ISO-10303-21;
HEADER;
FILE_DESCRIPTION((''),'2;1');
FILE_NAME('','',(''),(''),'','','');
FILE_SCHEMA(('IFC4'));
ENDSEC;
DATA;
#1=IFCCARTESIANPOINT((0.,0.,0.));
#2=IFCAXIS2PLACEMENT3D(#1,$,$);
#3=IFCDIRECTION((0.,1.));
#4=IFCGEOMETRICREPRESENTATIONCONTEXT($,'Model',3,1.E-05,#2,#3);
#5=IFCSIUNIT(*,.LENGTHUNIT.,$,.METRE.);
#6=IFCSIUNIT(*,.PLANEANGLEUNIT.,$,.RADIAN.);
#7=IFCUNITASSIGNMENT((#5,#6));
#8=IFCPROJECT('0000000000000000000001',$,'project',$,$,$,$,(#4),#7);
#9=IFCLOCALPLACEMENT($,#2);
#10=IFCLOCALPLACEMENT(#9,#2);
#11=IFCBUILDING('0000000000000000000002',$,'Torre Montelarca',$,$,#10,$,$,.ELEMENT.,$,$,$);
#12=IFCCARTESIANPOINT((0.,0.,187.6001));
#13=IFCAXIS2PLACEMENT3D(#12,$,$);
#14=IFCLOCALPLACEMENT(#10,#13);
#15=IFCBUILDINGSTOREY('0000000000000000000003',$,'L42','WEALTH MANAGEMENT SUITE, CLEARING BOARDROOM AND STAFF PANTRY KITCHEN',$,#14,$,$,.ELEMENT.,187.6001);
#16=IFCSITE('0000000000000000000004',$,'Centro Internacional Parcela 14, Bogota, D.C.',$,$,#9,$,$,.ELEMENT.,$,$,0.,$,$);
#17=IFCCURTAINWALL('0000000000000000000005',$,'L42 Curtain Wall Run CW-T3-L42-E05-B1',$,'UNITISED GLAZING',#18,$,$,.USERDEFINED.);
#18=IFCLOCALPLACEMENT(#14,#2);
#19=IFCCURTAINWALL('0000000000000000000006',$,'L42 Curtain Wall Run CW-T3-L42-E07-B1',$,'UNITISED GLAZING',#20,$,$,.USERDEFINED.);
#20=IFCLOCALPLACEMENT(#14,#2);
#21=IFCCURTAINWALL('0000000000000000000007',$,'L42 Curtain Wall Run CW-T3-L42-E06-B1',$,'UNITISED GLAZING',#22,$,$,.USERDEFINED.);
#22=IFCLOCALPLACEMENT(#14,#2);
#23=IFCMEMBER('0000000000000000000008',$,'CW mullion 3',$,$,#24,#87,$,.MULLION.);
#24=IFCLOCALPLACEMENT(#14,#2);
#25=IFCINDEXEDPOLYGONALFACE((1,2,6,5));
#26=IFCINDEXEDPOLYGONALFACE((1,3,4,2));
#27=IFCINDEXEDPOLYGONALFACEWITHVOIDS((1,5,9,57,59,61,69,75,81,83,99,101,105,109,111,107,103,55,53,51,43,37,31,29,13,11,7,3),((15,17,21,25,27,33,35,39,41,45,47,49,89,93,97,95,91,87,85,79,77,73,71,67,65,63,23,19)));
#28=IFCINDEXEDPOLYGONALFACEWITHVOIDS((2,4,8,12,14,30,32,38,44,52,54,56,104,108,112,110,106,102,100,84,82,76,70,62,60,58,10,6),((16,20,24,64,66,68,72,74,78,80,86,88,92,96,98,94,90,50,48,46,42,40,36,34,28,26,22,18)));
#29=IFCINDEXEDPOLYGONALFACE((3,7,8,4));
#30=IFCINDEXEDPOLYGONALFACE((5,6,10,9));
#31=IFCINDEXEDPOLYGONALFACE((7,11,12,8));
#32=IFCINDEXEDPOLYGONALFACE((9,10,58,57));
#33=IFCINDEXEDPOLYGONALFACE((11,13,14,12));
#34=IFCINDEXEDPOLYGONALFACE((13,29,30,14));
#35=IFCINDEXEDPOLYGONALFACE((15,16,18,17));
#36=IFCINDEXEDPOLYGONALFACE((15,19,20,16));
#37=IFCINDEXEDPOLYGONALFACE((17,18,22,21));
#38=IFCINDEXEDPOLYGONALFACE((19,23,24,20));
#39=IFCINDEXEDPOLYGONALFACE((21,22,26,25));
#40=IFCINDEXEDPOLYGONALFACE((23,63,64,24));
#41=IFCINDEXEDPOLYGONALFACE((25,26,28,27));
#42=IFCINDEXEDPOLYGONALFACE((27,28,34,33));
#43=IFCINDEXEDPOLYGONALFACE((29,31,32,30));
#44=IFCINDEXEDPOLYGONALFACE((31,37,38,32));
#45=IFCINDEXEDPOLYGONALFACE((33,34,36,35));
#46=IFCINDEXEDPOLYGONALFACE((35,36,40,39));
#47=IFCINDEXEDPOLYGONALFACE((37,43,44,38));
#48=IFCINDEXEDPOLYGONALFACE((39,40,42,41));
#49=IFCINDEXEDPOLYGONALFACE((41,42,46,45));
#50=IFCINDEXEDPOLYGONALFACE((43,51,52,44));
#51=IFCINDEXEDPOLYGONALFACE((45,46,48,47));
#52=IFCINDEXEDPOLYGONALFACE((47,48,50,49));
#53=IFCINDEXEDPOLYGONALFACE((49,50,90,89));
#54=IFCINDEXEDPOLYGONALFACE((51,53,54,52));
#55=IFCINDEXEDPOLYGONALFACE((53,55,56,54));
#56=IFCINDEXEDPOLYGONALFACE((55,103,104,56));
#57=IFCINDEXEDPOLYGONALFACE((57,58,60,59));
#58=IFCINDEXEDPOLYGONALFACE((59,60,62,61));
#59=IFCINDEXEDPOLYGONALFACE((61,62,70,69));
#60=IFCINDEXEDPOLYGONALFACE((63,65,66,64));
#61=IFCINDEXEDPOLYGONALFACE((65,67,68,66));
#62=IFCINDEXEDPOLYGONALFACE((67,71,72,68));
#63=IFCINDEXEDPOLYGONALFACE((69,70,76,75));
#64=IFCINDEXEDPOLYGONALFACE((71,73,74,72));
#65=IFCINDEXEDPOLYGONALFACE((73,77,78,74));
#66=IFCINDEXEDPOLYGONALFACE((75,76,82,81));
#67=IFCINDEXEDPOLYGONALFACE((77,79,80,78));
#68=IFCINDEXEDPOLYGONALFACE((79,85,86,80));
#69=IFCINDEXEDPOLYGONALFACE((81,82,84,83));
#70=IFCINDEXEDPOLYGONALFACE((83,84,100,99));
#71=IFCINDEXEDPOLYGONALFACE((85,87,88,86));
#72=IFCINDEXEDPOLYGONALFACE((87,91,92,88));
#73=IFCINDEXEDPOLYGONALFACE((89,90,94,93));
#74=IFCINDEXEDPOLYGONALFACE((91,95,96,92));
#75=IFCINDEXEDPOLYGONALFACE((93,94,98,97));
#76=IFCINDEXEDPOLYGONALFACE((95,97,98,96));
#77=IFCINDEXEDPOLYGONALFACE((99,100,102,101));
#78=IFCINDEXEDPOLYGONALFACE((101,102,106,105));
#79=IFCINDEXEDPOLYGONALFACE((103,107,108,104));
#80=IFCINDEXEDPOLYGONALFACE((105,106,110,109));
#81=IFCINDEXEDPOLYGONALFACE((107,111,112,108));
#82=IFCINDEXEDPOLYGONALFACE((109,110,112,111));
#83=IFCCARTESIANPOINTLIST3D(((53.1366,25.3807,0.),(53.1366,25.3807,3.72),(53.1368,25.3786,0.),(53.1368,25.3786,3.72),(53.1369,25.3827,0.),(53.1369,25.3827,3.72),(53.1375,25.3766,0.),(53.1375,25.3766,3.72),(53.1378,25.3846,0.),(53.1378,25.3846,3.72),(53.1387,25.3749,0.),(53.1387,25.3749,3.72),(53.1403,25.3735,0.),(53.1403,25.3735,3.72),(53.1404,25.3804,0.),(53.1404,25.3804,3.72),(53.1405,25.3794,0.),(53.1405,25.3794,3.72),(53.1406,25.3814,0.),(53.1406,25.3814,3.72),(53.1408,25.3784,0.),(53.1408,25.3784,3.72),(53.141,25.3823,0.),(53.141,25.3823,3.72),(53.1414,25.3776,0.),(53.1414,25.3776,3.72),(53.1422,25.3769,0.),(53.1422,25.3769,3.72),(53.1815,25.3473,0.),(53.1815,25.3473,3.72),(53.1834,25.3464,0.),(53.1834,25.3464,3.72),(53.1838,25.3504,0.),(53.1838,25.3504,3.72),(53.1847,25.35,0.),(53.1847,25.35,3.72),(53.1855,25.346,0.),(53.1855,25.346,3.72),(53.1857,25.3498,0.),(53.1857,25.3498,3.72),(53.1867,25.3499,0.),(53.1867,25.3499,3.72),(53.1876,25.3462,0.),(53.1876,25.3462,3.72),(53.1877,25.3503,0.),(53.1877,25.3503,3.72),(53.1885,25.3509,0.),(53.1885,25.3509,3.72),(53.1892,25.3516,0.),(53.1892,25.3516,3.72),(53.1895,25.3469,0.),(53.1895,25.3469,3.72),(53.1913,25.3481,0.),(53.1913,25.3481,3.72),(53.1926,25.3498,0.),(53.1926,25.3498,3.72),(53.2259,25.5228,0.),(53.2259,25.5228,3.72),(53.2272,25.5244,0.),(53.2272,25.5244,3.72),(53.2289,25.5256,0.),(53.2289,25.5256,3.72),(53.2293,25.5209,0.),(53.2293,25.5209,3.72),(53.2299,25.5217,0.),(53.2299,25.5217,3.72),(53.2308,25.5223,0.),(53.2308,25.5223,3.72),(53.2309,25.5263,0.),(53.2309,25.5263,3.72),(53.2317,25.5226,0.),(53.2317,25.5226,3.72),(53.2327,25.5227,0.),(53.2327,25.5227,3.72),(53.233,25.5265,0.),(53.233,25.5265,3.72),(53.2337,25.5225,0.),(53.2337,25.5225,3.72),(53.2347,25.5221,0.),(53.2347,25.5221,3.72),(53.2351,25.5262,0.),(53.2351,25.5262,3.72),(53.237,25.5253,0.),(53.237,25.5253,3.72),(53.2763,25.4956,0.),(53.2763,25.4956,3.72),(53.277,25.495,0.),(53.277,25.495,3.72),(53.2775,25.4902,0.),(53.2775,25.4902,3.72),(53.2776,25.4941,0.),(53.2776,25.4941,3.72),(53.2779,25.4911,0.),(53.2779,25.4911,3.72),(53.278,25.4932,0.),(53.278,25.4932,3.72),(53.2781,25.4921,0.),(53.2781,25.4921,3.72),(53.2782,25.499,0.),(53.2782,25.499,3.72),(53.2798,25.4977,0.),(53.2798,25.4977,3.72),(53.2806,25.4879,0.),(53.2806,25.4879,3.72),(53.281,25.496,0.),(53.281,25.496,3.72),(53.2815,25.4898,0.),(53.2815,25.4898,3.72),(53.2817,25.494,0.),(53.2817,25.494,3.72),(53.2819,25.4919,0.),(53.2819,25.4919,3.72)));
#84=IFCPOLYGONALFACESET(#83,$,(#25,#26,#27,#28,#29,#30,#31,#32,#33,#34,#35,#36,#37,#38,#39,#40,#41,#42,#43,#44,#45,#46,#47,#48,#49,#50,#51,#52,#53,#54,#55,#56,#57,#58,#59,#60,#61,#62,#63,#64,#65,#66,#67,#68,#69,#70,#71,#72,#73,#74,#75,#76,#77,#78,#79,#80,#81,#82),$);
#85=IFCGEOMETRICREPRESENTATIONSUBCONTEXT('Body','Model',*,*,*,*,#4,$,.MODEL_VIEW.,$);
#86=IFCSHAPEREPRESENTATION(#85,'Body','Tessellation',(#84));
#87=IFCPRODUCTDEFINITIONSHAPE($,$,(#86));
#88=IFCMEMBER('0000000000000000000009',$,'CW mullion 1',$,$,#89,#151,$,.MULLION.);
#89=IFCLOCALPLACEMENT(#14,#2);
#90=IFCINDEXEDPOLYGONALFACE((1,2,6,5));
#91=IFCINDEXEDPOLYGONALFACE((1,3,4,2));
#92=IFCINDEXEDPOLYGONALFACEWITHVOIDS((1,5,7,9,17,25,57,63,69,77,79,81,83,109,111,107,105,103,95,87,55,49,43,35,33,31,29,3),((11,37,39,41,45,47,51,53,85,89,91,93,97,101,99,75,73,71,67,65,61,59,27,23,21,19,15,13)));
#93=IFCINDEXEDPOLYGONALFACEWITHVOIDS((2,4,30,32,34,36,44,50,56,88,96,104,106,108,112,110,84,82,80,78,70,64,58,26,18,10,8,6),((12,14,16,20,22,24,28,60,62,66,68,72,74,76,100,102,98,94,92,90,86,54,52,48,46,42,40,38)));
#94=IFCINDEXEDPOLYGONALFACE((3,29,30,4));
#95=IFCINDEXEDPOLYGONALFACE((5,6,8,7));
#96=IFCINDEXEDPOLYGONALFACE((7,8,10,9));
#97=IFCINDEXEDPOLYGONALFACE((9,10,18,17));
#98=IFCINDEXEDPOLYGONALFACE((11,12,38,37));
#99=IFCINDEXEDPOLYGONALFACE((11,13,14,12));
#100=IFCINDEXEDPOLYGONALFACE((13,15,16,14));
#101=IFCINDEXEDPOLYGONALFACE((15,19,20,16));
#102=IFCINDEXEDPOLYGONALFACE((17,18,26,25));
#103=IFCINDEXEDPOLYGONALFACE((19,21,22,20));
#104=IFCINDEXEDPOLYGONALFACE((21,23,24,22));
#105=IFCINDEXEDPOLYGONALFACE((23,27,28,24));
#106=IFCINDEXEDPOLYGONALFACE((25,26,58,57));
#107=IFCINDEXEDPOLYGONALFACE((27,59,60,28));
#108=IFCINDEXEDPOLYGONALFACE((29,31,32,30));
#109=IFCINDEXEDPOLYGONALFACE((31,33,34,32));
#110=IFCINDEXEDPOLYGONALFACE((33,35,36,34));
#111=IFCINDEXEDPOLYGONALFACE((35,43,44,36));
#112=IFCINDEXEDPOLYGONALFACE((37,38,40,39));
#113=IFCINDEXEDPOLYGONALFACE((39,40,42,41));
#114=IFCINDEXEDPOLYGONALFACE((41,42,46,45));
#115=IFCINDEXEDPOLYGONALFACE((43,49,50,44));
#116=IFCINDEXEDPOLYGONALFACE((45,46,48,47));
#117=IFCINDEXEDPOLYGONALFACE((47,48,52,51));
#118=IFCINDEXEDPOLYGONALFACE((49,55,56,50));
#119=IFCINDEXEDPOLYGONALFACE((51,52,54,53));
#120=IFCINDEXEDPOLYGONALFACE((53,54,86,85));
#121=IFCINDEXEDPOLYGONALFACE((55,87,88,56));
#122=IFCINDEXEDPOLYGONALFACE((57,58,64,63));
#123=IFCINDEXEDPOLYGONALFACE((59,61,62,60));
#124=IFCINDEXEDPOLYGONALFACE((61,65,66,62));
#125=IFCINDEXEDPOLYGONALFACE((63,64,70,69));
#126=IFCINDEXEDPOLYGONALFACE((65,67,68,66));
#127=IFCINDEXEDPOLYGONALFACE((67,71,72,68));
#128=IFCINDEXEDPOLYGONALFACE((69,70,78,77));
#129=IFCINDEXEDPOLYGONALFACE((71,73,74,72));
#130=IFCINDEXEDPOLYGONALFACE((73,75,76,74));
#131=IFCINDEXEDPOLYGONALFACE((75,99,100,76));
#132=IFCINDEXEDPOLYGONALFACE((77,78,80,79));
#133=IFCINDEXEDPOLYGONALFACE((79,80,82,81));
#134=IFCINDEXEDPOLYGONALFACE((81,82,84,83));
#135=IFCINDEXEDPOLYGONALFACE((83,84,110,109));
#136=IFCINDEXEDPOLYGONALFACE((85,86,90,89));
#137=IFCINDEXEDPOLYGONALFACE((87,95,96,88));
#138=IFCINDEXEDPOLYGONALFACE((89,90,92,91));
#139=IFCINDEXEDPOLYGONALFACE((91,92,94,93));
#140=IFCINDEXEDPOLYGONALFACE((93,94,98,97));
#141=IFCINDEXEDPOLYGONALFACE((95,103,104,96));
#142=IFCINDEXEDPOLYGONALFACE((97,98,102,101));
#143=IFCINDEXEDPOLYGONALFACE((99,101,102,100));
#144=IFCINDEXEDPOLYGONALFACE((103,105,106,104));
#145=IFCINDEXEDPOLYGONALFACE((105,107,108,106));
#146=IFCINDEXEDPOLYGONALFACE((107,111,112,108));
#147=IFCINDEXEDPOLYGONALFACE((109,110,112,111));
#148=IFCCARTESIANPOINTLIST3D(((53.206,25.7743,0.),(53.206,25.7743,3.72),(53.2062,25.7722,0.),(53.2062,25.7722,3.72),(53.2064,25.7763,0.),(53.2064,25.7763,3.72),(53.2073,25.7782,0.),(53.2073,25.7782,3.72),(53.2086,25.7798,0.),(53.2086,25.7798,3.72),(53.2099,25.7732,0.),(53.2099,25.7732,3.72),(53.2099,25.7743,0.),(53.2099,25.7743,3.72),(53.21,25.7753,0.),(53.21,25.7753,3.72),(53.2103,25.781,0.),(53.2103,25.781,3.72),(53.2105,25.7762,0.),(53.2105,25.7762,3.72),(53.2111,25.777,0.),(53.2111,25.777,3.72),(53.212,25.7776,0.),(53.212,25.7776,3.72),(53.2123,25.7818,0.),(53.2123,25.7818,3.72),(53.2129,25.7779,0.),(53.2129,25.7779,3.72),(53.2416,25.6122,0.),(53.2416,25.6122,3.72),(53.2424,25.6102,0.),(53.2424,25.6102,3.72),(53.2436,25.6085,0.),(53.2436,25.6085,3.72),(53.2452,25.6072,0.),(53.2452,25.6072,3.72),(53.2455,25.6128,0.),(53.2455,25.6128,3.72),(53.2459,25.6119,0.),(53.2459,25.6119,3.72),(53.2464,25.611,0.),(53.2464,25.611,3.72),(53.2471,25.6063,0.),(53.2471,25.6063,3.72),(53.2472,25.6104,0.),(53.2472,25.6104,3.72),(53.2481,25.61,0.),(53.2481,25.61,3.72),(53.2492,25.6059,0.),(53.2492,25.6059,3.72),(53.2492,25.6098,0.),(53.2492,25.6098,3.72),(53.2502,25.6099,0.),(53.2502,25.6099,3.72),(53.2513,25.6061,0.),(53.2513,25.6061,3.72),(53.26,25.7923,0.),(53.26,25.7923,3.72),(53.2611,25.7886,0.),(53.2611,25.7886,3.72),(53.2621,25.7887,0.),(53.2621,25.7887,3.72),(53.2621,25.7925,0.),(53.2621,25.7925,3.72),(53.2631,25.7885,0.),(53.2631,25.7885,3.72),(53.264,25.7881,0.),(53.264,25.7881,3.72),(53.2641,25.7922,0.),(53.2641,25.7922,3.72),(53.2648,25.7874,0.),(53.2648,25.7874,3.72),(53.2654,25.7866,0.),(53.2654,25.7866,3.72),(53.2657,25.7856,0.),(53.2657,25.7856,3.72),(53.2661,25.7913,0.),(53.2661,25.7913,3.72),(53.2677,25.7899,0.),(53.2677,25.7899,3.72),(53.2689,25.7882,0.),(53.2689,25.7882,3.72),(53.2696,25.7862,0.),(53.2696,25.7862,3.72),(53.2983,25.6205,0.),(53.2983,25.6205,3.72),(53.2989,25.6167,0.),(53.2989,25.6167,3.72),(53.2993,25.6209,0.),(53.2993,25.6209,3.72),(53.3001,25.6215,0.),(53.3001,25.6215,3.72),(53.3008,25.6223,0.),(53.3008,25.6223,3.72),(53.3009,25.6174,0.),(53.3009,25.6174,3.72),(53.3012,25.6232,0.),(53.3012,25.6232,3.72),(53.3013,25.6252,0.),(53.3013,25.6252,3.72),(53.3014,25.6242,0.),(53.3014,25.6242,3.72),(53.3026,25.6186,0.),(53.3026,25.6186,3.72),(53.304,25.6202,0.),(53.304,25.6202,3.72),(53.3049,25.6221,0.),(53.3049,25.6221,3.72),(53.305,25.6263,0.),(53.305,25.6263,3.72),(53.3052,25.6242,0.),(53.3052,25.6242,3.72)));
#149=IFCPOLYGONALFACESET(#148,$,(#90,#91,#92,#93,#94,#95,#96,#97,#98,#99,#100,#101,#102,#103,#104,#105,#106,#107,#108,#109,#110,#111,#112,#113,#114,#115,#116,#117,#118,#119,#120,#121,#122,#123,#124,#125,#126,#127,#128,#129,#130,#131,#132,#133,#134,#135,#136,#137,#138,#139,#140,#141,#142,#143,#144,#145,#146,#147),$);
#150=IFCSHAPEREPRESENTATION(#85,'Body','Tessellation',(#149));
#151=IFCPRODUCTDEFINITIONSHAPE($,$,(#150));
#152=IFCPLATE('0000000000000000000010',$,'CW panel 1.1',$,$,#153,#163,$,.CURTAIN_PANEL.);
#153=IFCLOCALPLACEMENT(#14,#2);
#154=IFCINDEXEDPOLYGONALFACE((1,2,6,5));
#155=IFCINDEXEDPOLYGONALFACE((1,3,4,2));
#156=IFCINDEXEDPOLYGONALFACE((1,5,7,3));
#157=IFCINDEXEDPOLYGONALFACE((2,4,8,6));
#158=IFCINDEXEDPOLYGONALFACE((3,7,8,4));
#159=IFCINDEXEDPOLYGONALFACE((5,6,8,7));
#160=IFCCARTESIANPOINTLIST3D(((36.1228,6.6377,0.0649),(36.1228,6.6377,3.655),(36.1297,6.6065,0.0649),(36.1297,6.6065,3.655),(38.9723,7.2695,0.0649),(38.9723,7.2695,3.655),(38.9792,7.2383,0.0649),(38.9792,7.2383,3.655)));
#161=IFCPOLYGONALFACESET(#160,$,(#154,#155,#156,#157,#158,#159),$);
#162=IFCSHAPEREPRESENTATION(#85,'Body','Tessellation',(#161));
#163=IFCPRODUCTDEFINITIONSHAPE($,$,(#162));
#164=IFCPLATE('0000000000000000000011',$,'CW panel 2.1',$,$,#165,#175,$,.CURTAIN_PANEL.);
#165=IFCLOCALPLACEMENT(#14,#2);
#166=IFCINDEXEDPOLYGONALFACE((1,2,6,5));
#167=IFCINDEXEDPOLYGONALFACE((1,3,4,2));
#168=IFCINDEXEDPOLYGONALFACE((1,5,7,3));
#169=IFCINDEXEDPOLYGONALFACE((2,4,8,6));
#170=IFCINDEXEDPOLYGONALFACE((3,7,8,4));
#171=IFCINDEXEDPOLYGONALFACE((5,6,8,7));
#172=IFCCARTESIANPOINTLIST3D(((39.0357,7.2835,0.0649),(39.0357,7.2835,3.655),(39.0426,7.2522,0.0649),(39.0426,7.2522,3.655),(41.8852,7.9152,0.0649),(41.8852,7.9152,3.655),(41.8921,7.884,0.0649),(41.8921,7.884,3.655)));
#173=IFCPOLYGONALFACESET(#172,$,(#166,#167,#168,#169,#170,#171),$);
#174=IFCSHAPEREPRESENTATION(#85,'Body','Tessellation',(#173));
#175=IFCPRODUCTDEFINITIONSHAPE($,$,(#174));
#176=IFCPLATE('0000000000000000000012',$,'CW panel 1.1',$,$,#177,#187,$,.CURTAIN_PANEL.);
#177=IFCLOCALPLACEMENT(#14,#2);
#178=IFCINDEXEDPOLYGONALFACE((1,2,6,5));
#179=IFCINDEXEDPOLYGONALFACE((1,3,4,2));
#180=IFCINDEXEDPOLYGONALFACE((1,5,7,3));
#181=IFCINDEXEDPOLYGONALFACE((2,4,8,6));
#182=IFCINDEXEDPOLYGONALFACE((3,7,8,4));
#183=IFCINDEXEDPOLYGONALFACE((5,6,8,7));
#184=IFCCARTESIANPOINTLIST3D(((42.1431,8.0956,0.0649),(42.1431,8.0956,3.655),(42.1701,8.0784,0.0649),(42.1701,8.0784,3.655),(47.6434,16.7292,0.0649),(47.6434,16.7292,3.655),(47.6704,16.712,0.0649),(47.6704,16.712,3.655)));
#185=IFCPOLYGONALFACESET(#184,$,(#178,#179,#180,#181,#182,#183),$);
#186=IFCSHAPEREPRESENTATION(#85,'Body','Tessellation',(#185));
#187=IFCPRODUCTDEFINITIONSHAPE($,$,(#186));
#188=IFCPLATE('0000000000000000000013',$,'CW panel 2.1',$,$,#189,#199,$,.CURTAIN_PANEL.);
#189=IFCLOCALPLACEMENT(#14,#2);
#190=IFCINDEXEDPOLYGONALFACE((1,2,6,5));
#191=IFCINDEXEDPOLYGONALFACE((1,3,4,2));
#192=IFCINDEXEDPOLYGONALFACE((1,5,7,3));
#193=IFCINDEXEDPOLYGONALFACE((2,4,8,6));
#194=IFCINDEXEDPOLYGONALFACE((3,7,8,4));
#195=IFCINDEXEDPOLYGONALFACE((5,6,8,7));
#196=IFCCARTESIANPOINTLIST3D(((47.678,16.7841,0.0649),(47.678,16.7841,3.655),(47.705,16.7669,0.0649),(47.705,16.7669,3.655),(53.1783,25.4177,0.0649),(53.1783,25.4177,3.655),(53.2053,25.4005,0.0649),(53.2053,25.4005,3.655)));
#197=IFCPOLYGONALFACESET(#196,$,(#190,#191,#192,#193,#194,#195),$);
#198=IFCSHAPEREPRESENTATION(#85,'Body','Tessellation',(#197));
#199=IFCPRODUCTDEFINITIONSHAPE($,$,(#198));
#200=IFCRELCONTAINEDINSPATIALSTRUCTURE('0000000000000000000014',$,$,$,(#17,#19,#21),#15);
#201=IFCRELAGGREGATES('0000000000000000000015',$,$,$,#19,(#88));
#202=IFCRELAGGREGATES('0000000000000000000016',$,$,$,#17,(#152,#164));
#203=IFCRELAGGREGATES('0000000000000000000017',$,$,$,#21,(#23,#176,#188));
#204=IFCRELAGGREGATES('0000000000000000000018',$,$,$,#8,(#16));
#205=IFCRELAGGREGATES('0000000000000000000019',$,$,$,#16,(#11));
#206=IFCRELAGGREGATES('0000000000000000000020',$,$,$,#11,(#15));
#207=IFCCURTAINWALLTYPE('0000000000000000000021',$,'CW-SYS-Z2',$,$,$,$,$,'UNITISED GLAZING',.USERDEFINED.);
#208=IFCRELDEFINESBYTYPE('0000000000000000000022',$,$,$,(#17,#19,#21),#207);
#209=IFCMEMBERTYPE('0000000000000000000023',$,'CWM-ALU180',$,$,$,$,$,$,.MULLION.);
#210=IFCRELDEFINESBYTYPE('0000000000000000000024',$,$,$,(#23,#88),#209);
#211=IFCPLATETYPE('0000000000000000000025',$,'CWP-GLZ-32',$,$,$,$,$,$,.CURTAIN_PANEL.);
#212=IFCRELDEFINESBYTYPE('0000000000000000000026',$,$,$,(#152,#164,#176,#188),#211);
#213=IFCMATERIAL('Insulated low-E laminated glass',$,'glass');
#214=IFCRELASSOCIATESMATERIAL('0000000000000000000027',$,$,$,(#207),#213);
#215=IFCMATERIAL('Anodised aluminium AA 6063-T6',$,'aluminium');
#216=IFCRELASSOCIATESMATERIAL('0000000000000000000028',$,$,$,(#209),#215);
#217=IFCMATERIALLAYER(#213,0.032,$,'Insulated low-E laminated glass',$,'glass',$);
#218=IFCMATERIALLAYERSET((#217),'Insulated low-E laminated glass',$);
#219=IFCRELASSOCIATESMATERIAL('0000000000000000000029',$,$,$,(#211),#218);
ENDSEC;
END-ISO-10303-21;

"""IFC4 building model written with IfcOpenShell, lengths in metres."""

from ifc_helpers import new_model, si_unit, direction, frame, origin, origin_2d, place, context, subcontext, project, spatial, rectangle, hollow_rectangle, extrude, source, transform, mapped, material, layer, layer_set, material_profile, profile_set, type_object, element, aggregate, save


model = new_model("IFC4")

# Units and contexts
model_context = context("Model", 3, precision=1e-05, world=origin(), true_north=direction((0.0, 1.0)))
body_context = subcontext(model_context, "Body", "Model", "MODEL_VIEW")
ifc_project = project(units=[si_unit("LENGTHUNIT", "METRE"), si_unit("PLANEANGLEUNIT", "RADIAN")], contexts=[model_context])

# Site, building, storey
site_placement = place(None, origin())
site = spatial("IfcSite", under=ifc_project, at=site_placement, Name="Centro Internacional Parcela 14, Bogota, D.C.", CompositionType="ELEMENT", RefElevation=0.0)
building_placement = place(site_placement, origin())
building = spatial("IfcBuilding", under=site, at=building_placement, Name="Torre Montelarca", CompositionType="ELEMENT")
storey_placement = place(building_placement, frame((0.0, 0.0, 187.6001)))
storey = spatial("IfcBuildingStorey", under=building, at=storey_placement, Name="L42", Description="WEALTH MANAGEMENT SUITE, CLEARING BOARDROOM AND STAFF PANTRY KITCHEN", CompositionType="ELEMENT", Elevation=187.6001)

# Curtain walls
ifc_material_1 = material(Name="Insulated low-E laminated glass", Category="glass")
curtain_wall_type = type_object("IfcCurtainWallType", Name="CW-SYS-Z2", ElementType="UNITISED GLAZING", PredefinedType="USERDEFINED", material=ifc_material_1)
curtain_wall_1_placement = place(storey_placement, origin())
curtain_wall_1 = element("IfcCurtainWall", 1, at=curtain_wall_1_placement, inside=storey, type_object=curtain_wall_type, Name="L42 Curtain Wall Run CW-T3-L42-E05-B1", ObjectType="UNITISED GLAZING", PredefinedType="USERDEFINED")
ifc_material_2 = material(Name="Anodised aluminium AA 6063-T6", Category="aluminium")
curtain_wall_2_placement = place(storey_placement, origin())
curtain_wall_2 = element("IfcCurtainWall", 2, at=curtain_wall_2_placement, inside=storey, type_object=curtain_wall_type, Name="L42 Curtain Wall Run CW-T3-L42-E07-B1", ObjectType="UNITISED GLAZING", PredefinedType="USERDEFINED")

# Curtain wall
curtain_wall_3_placement = place(storey_placement, origin())
curtain_wall_3 = element("IfcCurtainWall", 3, at=curtain_wall_3_placement, inside=storey, type_object=curtain_wall_type, Name="L42 Curtain Wall Run CW-T3-L42-E06-B1", ObjectType="UNITISED GLAZING", PredefinedType="USERDEFINED")

# Members
ifc_material_profile_1 = material_profile(ifc_material_2, hollow_rectangle(XDim=0.0649, YDim=0.1799, WallThickness=0.0039, InnerFilletRadius=0.0039, OuterFilletRadius=0.0081, at=origin_2d()), Name="ALU65X180X4", Category="aluminium")
ifc_profile_set_1 = profile_set([ifc_material_profile_1], Name="Anodised aluminium AA 6063-T6")
member_type_1 = type_object("IfcMemberType", Name="CWM-ALU180", PredefinedType="MULLION", material=ifc_profile_set_1)
shared_shape_1 = source(origin(), body_context, "Body", "SweptSolid", [
    extrude(hollow_rectangle(XDim=0.0649, YDim=0.1799, WallThickness=0.0039, InnerFilletRadius=0.0039, OuterFilletRadius=0.0081, at=origin_2d()), origin(), (0.0, 0.0, 1.0), 3.72),
])
member_1_placement = place(storey_placement, frame((53.2092, 25.4363, 0.0), z_axis=(0.0, 0.0, 1.0), x_axis=(-0.843389, 0.537303, 0.0)))
member_1 = element("IfcMember", 4, at=member_1_placement, type_object=member_type_1, Name="CW mullion 3", PredefinedType="MULLION", context=body_context, shape_type="MappedRepresentation", body=[
    mapped(shared_shape_1, transform((0.0, 0.0, 0.0), scale=1.0)),
])
member_2_placement = place(storey_placement, frame((53.2556, 25.6992, 0.0), z_axis=(0.0, 0.0, 1.0), x_axis=(-0.976294, -0.216448, 0.0)))
member_2 = element("IfcMember", 5, at=member_2_placement, type_object=member_type_1, Name="CW mullion 1", PredefinedType="MULLION", context=body_context, shape_type="MappedRepresentation", body=[
    mapped(shared_shape_1, transform((0.0, 0.0, 0.0), scale=1.0)),
])
aggregate(curtain_wall_2, [member_2])

# Plates
ifc_layer_1 = layer(ifc_material_1, 0.032, Name="Insulated low-E laminated glass", Category="glass")
ifc_layer_set_1 = layer_set([ifc_layer_1], Name="Insulated low-E laminated glass")
plate_type = type_object("IfcPlateType", Name="CWP-GLZ-32", PredefinedType="CURTAIN_PANEL", material=ifc_layer_set_1)
shared_shape_2 = source(origin(), body_context, "Body", "SweptSolid", [
    extrude(rectangle(XDim=2.9187, YDim=0.032, at=origin_2d()), origin(), (0.0, 0.0, 1.0), 3.5901),
])
plate_1_placement = place(storey_placement, frame((37.551, 6.938, 0.0649), z_axis=(0.0, 0.0, 1.0), x_axis=(0.976291, 0.216464, 0.0)))
plate_1 = element("IfcPlate", 6, at=plate_1_placement, type_object=plate_type, Name="CW panel 1.1", PredefinedType="CURTAIN_PANEL", context=body_context, shape_type="MappedRepresentation", body=[
    mapped(shared_shape_2, transform((0.0, 0.0, 0.0), scale=1.0)),
])
plate_2_placement = place(storey_placement, frame((40.4639, 7.5837, 0.0649), z_axis=(0.0, 0.0, 1.0), x_axis=(0.976291, 0.216464, 0.0)))
plate_2 = element("IfcPlate", 7, at=plate_2_placement, type_object=plate_type, Name="CW panel 2.1", PredefinedType="CURTAIN_PANEL", context=body_context, shape_type="MappedRepresentation", body=[
    mapped(shared_shape_2, transform((0.0, 0.0, 0.0), scale=1.0)),
])
aggregate(curtain_wall_1, [plate_1, plate_2])
shared_shape_3 = source(origin(), body_context, "Body", "SweptSolid", [
    extrude(rectangle(XDim=10.2368, YDim=0.032, at=origin_2d()), origin(), (0.0, 0.0, 1.0), 3.5901),
])
plate_3_placement = place(storey_placement, frame((44.9067, 12.4038, 0.0649), z_axis=(0.0, 0.0, 1.0), x_axis=(0.537303, 0.843389, 0.0)))
plate_3 = element("IfcPlate", 8, at=plate_3_placement, type_object=plate_type, Name="CW panel 1.1", PredefinedType="CURTAIN_PANEL", context=body_context, shape_type="MappedRepresentation", body=[
    mapped(shared_shape_3, transform((0.0, 0.0, 0.0), scale=1.0)),
])
plate_4_placement = place(storey_placement, frame((50.4417, 21.0923, 0.0649), z_axis=(0.0, 0.0, 1.0), x_axis=(0.537303, 0.843389, 0.0)))
plate_4 = element("IfcPlate", 9, at=plate_4_placement, type_object=plate_type, Name="CW panel 2.1", PredefinedType="CURTAIN_PANEL", context=body_context, shape_type="MappedRepresentation", body=[
    mapped(shared_shape_3, transform((0.0, 0.0, 0.0), scale=1.0)),
])
aggregate(curtain_wall_3, [member_1, plate_3, plate_4])

save(model, "model.ifc")
